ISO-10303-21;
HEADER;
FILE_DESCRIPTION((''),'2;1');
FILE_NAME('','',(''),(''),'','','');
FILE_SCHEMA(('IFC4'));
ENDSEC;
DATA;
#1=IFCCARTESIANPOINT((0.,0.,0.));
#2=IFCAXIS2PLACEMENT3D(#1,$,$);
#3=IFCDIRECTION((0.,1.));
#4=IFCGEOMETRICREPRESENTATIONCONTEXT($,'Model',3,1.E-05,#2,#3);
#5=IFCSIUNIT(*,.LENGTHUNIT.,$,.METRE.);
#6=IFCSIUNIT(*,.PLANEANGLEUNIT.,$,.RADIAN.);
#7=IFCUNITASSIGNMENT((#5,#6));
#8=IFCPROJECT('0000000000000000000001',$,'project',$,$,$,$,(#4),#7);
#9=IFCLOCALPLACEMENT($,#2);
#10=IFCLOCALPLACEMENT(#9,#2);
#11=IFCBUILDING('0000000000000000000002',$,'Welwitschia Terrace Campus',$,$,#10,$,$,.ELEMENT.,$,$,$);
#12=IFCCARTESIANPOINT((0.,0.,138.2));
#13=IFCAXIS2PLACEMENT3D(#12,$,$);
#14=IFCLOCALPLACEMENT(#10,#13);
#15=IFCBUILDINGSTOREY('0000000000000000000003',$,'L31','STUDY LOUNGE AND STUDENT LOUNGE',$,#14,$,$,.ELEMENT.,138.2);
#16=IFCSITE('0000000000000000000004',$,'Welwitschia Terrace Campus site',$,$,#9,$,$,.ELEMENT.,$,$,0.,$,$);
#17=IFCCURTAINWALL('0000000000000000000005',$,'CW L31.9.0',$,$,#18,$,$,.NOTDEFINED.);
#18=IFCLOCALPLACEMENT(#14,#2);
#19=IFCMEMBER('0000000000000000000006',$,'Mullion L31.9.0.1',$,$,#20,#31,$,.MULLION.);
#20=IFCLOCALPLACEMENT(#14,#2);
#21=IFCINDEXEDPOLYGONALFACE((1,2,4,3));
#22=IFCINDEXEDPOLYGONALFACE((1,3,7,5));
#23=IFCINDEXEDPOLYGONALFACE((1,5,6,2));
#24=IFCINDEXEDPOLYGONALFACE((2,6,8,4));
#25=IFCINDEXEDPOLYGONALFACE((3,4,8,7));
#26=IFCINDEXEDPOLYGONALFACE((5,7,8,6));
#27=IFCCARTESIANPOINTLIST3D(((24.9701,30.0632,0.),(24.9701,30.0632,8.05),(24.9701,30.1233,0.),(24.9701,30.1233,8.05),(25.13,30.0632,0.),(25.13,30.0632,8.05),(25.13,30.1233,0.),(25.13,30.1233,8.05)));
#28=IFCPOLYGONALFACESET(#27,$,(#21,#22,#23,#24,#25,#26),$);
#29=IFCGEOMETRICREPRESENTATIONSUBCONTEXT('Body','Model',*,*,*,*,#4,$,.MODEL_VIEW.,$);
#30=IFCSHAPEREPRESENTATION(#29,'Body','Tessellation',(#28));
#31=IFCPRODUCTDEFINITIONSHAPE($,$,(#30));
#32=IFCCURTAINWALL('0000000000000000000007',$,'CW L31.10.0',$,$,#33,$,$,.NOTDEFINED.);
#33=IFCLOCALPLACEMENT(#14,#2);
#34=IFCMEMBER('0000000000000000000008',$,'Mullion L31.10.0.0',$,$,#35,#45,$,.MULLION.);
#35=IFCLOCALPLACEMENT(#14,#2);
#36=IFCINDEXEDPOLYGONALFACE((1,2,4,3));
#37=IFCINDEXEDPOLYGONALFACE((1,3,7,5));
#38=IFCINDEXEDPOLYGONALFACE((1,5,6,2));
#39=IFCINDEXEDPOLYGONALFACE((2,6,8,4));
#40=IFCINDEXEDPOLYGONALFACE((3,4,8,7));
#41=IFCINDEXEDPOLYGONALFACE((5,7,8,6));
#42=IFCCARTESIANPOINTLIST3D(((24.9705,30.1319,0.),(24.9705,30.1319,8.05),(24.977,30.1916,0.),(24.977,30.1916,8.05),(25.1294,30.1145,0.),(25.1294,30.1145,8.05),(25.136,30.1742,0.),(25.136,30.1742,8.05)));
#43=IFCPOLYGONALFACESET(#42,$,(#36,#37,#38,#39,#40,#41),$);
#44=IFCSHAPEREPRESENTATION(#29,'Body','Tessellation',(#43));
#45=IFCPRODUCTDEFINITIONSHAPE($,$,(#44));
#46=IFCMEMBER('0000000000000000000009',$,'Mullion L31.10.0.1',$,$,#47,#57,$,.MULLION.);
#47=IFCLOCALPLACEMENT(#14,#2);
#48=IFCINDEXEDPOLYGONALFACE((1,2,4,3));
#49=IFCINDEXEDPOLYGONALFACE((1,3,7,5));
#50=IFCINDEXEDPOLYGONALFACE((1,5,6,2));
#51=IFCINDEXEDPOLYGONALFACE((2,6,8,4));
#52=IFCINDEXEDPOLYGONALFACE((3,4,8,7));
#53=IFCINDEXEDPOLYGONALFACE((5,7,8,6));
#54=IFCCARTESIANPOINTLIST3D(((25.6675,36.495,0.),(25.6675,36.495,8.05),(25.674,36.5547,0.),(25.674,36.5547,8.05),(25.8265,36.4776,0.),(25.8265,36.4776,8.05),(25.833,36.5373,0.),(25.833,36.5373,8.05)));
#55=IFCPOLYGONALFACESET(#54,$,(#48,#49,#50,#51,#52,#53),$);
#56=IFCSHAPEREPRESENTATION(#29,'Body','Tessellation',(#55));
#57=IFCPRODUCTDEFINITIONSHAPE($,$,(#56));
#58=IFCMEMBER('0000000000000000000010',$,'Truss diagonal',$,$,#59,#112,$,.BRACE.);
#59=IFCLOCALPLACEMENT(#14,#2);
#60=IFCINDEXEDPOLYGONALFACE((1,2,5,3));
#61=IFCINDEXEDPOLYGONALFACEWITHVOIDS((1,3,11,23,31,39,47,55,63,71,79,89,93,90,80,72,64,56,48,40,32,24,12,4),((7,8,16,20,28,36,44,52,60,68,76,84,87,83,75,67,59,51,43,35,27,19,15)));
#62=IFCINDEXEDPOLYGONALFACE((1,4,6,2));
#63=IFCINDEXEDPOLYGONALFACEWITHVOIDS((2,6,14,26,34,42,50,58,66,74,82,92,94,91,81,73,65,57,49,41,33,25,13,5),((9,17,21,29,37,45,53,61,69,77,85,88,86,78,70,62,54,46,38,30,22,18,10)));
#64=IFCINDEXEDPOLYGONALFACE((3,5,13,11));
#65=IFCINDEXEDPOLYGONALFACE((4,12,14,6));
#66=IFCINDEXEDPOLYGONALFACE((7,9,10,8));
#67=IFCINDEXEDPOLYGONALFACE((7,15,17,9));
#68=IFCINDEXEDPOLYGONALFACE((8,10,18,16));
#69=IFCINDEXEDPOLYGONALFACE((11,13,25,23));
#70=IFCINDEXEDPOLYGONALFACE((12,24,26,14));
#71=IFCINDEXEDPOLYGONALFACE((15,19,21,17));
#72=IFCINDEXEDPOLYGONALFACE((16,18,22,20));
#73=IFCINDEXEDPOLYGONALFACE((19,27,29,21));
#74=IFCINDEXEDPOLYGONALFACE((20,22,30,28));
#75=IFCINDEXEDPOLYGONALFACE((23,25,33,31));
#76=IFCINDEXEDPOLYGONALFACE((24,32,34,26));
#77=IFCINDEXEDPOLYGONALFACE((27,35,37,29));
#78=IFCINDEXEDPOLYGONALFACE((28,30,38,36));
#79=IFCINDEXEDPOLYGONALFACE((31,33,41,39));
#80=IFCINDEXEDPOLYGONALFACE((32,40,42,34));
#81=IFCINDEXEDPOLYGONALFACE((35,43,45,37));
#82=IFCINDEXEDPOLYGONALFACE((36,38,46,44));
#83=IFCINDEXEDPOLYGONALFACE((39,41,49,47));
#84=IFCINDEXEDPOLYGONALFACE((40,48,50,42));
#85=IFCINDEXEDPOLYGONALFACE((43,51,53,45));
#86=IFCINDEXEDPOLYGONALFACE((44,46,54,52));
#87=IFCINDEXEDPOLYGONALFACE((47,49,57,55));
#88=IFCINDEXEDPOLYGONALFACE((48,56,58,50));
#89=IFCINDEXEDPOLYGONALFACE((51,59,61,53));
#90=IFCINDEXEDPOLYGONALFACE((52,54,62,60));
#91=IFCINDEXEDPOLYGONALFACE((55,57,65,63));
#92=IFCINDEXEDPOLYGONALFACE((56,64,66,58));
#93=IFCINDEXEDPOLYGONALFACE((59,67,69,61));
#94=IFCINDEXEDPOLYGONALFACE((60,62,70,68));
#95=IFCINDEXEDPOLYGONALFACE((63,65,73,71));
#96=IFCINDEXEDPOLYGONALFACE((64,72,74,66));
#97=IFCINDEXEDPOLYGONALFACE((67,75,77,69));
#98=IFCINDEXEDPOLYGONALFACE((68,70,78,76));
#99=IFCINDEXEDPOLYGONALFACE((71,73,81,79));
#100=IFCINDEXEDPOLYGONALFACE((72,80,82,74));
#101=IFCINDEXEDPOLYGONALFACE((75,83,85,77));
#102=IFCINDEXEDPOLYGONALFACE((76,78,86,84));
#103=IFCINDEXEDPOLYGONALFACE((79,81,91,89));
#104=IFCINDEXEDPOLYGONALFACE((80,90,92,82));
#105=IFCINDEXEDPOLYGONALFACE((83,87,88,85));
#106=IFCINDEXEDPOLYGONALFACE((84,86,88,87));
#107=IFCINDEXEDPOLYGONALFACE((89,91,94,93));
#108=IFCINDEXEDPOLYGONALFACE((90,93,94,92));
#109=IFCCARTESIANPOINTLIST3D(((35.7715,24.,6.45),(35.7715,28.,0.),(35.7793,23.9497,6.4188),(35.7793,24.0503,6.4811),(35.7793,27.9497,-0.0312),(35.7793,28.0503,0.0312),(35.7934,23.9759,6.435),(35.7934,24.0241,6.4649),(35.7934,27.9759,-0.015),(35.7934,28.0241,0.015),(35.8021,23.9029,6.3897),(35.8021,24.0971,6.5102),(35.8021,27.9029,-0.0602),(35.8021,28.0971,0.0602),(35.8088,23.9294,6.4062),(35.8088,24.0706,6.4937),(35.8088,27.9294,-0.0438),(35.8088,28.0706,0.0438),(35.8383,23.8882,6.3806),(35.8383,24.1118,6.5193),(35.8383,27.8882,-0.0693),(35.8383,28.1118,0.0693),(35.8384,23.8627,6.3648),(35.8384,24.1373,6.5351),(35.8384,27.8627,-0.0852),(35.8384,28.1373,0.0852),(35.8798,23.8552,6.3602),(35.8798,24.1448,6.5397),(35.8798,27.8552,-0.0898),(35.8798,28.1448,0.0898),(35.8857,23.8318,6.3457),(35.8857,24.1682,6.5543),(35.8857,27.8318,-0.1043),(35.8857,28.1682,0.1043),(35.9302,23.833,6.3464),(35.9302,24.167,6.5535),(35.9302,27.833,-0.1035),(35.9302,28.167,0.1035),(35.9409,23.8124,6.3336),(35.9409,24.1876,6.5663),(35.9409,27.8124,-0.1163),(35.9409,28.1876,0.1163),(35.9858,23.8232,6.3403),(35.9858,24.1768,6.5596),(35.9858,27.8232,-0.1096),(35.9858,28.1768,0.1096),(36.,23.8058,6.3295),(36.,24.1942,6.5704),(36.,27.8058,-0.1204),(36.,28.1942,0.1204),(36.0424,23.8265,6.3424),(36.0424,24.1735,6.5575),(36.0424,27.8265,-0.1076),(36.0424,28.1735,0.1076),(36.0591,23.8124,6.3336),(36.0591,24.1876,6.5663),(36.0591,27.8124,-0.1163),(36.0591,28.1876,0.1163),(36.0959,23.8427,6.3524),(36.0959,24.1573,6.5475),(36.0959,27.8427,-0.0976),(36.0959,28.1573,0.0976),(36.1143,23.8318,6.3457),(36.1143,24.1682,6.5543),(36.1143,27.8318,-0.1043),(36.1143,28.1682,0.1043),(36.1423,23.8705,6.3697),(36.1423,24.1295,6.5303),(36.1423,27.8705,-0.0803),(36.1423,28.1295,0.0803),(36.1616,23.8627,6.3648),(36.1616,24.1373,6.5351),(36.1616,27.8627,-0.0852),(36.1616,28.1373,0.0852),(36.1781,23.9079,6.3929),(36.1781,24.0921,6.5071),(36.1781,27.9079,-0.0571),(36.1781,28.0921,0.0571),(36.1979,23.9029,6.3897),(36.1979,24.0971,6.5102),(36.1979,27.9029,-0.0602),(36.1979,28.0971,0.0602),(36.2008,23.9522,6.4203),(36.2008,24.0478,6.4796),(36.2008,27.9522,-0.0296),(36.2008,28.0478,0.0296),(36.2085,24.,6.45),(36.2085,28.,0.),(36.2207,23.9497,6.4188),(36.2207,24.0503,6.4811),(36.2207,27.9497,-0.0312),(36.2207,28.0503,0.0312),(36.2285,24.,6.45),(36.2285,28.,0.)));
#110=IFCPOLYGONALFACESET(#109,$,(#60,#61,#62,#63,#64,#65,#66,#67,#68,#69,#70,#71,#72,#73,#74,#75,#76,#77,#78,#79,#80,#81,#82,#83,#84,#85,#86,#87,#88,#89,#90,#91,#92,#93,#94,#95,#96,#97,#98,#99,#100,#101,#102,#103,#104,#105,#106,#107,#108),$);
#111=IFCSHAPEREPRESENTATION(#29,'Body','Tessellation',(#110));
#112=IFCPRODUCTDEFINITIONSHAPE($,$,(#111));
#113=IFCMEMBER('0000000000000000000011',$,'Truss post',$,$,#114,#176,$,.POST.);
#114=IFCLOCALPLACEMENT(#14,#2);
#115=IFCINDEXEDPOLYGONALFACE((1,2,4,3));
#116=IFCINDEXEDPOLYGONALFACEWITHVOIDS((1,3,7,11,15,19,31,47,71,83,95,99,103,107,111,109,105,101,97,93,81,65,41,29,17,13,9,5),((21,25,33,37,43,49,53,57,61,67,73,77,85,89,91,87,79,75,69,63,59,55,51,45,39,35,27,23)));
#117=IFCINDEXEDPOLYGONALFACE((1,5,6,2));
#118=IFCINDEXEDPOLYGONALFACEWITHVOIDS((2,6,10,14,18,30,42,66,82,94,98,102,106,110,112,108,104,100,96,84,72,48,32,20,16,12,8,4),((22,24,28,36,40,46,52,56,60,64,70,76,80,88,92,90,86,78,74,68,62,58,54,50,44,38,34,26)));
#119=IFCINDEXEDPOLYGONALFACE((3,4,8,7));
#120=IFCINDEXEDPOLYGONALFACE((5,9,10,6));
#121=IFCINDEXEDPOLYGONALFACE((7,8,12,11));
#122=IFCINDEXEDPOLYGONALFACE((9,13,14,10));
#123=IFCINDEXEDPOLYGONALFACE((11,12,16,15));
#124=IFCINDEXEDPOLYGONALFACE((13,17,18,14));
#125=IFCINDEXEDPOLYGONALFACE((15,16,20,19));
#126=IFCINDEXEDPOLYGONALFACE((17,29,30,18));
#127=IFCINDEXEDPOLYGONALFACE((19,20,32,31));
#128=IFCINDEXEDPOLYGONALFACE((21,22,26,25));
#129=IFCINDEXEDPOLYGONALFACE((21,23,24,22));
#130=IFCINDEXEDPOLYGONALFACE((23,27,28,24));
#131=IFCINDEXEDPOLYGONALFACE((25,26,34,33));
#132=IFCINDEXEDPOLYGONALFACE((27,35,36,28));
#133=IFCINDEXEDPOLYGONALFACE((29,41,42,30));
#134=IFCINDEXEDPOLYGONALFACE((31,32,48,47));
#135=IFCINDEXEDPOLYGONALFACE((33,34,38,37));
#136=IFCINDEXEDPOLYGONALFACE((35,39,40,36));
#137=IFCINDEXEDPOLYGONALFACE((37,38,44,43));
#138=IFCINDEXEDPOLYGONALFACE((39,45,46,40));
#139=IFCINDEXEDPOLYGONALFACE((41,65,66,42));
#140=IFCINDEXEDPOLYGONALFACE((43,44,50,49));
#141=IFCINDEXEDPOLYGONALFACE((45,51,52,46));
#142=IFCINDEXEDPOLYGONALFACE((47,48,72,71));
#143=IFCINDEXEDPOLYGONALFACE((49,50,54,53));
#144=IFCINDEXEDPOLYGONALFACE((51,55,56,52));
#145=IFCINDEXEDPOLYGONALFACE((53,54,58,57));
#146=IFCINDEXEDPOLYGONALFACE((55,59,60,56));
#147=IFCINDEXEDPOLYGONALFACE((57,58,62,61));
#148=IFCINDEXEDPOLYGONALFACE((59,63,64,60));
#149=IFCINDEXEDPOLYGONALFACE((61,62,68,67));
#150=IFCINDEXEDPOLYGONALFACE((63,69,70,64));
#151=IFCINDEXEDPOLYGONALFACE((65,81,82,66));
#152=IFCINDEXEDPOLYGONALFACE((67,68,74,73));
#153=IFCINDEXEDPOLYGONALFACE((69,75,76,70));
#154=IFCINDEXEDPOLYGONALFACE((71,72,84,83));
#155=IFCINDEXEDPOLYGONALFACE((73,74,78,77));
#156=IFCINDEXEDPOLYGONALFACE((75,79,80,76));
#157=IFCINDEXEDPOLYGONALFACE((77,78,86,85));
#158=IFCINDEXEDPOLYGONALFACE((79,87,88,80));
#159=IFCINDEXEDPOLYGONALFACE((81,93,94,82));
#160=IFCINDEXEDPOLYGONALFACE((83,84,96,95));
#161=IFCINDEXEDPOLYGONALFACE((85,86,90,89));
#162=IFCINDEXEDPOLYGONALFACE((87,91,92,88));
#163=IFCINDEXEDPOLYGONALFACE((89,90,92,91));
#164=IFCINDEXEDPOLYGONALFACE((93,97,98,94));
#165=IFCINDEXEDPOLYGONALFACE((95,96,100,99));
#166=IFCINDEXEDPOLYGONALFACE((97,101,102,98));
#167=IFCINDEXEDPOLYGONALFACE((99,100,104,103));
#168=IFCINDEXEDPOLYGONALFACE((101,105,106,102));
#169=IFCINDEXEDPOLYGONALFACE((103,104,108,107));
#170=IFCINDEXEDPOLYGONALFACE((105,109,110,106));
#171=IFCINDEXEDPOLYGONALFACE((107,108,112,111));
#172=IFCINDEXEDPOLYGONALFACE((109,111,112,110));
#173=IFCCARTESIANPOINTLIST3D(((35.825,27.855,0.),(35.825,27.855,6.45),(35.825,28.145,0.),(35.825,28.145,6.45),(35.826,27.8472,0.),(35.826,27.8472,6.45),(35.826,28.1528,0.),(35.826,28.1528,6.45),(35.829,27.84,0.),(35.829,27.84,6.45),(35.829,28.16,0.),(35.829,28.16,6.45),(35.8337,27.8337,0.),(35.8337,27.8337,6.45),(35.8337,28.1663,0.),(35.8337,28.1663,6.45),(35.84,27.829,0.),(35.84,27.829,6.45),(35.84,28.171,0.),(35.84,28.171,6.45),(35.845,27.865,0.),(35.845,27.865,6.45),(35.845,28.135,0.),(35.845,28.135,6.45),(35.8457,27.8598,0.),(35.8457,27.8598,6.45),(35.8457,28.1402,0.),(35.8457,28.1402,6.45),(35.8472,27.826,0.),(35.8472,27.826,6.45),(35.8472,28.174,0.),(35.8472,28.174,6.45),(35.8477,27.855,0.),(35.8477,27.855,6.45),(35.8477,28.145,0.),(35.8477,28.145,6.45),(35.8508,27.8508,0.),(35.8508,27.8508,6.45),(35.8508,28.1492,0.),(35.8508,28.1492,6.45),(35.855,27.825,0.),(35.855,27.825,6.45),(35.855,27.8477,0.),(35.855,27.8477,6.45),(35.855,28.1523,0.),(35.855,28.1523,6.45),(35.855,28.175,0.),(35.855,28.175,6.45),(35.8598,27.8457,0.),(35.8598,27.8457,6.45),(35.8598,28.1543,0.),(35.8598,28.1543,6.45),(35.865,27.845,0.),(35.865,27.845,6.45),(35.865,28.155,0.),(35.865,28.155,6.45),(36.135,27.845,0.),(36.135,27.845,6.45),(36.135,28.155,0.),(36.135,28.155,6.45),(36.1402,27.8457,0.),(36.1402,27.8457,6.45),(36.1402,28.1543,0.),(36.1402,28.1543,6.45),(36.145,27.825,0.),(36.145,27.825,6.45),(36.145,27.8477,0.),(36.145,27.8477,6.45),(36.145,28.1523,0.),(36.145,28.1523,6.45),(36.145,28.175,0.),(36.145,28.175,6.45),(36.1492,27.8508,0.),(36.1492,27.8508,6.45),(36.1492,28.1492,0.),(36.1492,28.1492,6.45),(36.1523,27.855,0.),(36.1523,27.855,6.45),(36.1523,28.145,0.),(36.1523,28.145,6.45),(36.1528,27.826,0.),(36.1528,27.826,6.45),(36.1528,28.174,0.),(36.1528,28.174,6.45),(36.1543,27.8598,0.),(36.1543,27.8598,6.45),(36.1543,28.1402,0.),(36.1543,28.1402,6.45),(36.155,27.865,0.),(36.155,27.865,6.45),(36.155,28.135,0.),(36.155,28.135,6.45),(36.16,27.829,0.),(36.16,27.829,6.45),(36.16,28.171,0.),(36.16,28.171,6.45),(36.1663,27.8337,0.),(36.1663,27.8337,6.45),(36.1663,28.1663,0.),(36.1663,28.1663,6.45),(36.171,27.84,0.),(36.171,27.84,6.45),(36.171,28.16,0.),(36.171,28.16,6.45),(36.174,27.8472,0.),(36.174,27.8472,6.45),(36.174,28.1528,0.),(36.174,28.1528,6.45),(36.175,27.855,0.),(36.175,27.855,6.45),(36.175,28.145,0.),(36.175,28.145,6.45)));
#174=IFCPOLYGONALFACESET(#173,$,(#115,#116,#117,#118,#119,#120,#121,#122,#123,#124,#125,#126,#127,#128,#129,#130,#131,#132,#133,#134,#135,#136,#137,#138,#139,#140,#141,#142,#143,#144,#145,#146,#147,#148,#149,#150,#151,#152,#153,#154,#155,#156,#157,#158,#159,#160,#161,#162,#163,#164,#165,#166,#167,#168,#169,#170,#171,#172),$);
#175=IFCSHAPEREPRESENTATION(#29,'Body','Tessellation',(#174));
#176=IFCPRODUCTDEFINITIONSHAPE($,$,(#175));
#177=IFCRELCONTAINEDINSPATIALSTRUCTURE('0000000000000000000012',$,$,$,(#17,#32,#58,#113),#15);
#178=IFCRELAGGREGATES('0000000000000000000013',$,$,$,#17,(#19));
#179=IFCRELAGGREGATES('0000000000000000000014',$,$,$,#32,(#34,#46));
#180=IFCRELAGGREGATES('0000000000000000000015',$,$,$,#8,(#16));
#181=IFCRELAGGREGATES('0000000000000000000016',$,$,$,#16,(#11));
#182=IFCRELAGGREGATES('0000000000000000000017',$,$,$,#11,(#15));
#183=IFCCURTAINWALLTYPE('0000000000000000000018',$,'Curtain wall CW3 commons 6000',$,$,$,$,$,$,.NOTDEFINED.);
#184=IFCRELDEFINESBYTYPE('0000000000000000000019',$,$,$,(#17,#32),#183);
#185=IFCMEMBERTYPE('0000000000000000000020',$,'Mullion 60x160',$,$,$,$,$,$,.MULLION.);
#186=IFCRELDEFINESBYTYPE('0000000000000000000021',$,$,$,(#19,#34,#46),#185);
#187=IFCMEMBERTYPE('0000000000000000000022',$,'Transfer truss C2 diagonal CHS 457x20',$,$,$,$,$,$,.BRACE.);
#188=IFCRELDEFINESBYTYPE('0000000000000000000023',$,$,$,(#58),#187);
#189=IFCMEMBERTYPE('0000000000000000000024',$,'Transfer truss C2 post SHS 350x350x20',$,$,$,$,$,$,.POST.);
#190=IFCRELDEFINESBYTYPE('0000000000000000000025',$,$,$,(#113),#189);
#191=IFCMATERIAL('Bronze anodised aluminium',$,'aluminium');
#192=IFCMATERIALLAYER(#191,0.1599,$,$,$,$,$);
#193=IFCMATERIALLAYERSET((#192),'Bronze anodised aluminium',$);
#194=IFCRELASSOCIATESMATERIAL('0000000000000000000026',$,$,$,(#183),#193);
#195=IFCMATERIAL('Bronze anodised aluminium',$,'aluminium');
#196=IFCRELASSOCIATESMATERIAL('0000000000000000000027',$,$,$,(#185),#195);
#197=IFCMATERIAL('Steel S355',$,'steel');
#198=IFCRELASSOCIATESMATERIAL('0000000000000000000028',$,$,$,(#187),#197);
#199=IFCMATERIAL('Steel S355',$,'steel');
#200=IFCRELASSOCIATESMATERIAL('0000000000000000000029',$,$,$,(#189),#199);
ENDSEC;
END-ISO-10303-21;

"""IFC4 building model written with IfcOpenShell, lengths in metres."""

from ifc_helpers import new_model, si_unit, direction, frame, origin, origin_2d, place, context, subcontext, project, spatial, rectangle, hollow_rectangle, hollow_circle, extrude, material, layer, layer_set, material_profile, profile_set, type_object, element, aggregate, save


model = new_model("IFC4")

# Units and contexts
model_context = context("Model", 3, precision=1e-05, world=origin(), true_north=direction((0.0, 1.0)))
body_context = subcontext(model_context, "Body", "Model", "MODEL_VIEW")
ifc_project = project(units=[si_unit("LENGTHUNIT", "METRE"), si_unit("PLANEANGLEUNIT", "RADIAN")], contexts=[model_context])

# Site, building, storey
site_placement = place(None, origin())
site = spatial("IfcSite", under=ifc_project, at=site_placement, Name="Welwitschia Terrace Campus site", CompositionType="ELEMENT", RefElevation=0.0)
building_placement = place(site_placement, origin())
building = spatial("IfcBuilding", under=site, at=building_placement, Name="Welwitschia Terrace Campus", CompositionType="ELEMENT")
storey_placement = place(building_placement, frame((0.0, 0.0, 138.2)))
storey = spatial("IfcBuildingStorey", under=building, at=storey_placement, Name="L31", Description="STUDY LOUNGE AND STUDENT LOUNGE", CompositionType="ELEMENT", Elevation=138.2)

# Curtain wall, member
ifc_material_1 = material(Name="Bronze anodised aluminium", Category="aluminium")
ifc_layer_1 = layer(ifc_material_1, 0.1599)
ifc_layer_set_1 = layer_set([ifc_layer_1], Name="Bronze anodised aluminium")
curtain_wall_type = type_object("IfcCurtainWallType", Name="Curtain wall CW3 commons 6000", PredefinedType="NOTDEFINED", material=ifc_layer_set_1)
curtain_wall_1_placement = place(storey_placement, origin())
curtain_wall_1 = element("IfcCurtainWall", 1, at=curtain_wall_1_placement, inside=storey, type_object=curtain_wall_type, Name="CW L31.9.0", PredefinedType="NOTDEFINED")
ifc_material_2 = material(Name="Bronze anodised aluminium", Category="aluminium")
ifc_material_profile_1 = material_profile(ifc_material_2, rectangle(XDim=0.1599, YDim=0.0601, at=origin_2d()))
ifc_profile_set_1 = profile_set([ifc_material_profile_1], Name="Bronze anodised aluminium")
member_type_1 = type_object("IfcMemberType", Name="Mullion 60x160", PredefinedType="MULLION", material=ifc_profile_set_1)
member_1_placement = place(storey_placement, frame((25.05, 30.0933, 0.0), z_axis=(0.0, 0.0, 1.0), x_axis=(-1.0, 0.0, 0.0)))
member_1 = element("IfcMember", 2, at=member_1_placement, type_object=member_type_1, Name="Mullion L31.9.0.1", PredefinedType="MULLION", context=body_context, shape_type="SweptSolid", body=[
    extrude(rectangle(XDim=0.1599, YDim=0.0601, at=origin_2d()), origin(), (0.0, 0.0, 1.0), 8.05),
])

# Curtain wall, members
curtain_wall_2_placement = place(storey_placement, origin())
curtain_wall_2 = element("IfcCurtainWall", 3, at=curtain_wall_2_placement, inside=storey, type_object=curtain_wall_type, Name="CW L31.10.0", PredefinedType="NOTDEFINED")
member_2_placement = place(storey_placement, frame((25.0532, 30.1531, 0.0), z_axis=(0.0, 0.0, 1.0), x_axis=(-0.994056, 0.108867, 0.0)))
member_2 = element("IfcMember", 4, at=member_2_placement, type_object=member_type_1, Name="Mullion L31.10.0.0", PredefinedType="MULLION", context=body_context, shape_type="SweptSolid", body=[
    extrude(rectangle(XDim=0.1599, YDim=0.0601, at=origin_2d()), origin(), (0.0, 0.0, 1.0), 8.05),
])
member_3_placement = place(storey_placement, frame((25.7502, 36.5161, 0.0), z_axis=(0.0, 0.0, 1.0), x_axis=(-0.994056, 0.108867, 0.0)))
member_3 = element("IfcMember", 5, at=member_3_placement, type_object=member_type_1, Name="Mullion L31.10.0.1", PredefinedType="MULLION", context=body_context, shape_type="SweptSolid", body=[
    extrude(rectangle(XDim=0.1599, YDim=0.0601, at=origin_2d()), origin(), (0.0, 0.0, 1.0), 8.05),
])

# Members
ifc_material_3 = material(Name="Steel S355", Category="steel")
ifc_material_profile_2 = material_profile(ifc_material_3, hollow_circle(Radius=0.2285, WallThickness=0.02, at=origin_2d()))
ifc_profile_set_2 = profile_set([ifc_material_profile_2], Name="Steel S355")
member_type_2 = type_object("IfcMemberType", Name="Transfer truss C2 diagonal CHS 457x20", PredefinedType="BRACE", material=ifc_profile_set_2)
member_4_placement = place(storey_placement, frame((36.0, 28.0, 0.0), z_axis=(0.0, -0.527038, 0.849842), x_axis=(1.0, 0.0, 0.0)))
element("IfcMember", 6, at=member_4_placement, inside=storey, type_object=member_type_2, Name="Truss diagonal", PredefinedType="BRACE", context=body_context, shape_type="SweptSolid", body=[
    extrude(hollow_circle(Radius=0.2285, WallThickness=0.02, at=origin_2d()), origin(), (0.0, 0.0, 1.0), 7.5896),
])
ifc_material_4 = material(Name="Steel S355", Category="steel")
ifc_material_profile_3 = material_profile(ifc_material_4, hollow_rectangle(XDim=0.3501, YDim=0.3501, WallThickness=0.02, InnerFilletRadius=0.02, OuterFilletRadius=0.03, at=origin_2d()))
ifc_profile_set_3 = profile_set([ifc_material_profile_3], Name="Steel S355")
member_type_3 = type_object("IfcMemberType", Name="Transfer truss C2 post SHS 350x350x20", PredefinedType="POST", material=ifc_profile_set_3)
for number, where, z_axis, x_axis, name in (
    (7, (36.0, 28.0, 0.0), (0.0, 0.0, 1.0), (1.0, 0.0, 0.0), "Truss post"),
):
    element("IfcMember", number, at=place(storey_placement, frame(where, z_axis=z_axis, x_axis=x_axis)), inside=storey, type_object=member_type_3, Name=name, PredefinedType="POST", context=body_context, shape_type="SweptSolid", body=[
        extrude(hollow_rectangle(XDim=0.3501, YDim=0.3501, WallThickness=0.02, InnerFilletRadius=0.02, OuterFilletRadius=0.03, at=origin_2d()), origin(), (0.0, 0.0, 1.0), 6.45),
    ])

aggregate(curtain_wall_1, [member_1])
aggregate(curtain_wall_2, [member_2, member_3])

save(model, "model.ifc")
